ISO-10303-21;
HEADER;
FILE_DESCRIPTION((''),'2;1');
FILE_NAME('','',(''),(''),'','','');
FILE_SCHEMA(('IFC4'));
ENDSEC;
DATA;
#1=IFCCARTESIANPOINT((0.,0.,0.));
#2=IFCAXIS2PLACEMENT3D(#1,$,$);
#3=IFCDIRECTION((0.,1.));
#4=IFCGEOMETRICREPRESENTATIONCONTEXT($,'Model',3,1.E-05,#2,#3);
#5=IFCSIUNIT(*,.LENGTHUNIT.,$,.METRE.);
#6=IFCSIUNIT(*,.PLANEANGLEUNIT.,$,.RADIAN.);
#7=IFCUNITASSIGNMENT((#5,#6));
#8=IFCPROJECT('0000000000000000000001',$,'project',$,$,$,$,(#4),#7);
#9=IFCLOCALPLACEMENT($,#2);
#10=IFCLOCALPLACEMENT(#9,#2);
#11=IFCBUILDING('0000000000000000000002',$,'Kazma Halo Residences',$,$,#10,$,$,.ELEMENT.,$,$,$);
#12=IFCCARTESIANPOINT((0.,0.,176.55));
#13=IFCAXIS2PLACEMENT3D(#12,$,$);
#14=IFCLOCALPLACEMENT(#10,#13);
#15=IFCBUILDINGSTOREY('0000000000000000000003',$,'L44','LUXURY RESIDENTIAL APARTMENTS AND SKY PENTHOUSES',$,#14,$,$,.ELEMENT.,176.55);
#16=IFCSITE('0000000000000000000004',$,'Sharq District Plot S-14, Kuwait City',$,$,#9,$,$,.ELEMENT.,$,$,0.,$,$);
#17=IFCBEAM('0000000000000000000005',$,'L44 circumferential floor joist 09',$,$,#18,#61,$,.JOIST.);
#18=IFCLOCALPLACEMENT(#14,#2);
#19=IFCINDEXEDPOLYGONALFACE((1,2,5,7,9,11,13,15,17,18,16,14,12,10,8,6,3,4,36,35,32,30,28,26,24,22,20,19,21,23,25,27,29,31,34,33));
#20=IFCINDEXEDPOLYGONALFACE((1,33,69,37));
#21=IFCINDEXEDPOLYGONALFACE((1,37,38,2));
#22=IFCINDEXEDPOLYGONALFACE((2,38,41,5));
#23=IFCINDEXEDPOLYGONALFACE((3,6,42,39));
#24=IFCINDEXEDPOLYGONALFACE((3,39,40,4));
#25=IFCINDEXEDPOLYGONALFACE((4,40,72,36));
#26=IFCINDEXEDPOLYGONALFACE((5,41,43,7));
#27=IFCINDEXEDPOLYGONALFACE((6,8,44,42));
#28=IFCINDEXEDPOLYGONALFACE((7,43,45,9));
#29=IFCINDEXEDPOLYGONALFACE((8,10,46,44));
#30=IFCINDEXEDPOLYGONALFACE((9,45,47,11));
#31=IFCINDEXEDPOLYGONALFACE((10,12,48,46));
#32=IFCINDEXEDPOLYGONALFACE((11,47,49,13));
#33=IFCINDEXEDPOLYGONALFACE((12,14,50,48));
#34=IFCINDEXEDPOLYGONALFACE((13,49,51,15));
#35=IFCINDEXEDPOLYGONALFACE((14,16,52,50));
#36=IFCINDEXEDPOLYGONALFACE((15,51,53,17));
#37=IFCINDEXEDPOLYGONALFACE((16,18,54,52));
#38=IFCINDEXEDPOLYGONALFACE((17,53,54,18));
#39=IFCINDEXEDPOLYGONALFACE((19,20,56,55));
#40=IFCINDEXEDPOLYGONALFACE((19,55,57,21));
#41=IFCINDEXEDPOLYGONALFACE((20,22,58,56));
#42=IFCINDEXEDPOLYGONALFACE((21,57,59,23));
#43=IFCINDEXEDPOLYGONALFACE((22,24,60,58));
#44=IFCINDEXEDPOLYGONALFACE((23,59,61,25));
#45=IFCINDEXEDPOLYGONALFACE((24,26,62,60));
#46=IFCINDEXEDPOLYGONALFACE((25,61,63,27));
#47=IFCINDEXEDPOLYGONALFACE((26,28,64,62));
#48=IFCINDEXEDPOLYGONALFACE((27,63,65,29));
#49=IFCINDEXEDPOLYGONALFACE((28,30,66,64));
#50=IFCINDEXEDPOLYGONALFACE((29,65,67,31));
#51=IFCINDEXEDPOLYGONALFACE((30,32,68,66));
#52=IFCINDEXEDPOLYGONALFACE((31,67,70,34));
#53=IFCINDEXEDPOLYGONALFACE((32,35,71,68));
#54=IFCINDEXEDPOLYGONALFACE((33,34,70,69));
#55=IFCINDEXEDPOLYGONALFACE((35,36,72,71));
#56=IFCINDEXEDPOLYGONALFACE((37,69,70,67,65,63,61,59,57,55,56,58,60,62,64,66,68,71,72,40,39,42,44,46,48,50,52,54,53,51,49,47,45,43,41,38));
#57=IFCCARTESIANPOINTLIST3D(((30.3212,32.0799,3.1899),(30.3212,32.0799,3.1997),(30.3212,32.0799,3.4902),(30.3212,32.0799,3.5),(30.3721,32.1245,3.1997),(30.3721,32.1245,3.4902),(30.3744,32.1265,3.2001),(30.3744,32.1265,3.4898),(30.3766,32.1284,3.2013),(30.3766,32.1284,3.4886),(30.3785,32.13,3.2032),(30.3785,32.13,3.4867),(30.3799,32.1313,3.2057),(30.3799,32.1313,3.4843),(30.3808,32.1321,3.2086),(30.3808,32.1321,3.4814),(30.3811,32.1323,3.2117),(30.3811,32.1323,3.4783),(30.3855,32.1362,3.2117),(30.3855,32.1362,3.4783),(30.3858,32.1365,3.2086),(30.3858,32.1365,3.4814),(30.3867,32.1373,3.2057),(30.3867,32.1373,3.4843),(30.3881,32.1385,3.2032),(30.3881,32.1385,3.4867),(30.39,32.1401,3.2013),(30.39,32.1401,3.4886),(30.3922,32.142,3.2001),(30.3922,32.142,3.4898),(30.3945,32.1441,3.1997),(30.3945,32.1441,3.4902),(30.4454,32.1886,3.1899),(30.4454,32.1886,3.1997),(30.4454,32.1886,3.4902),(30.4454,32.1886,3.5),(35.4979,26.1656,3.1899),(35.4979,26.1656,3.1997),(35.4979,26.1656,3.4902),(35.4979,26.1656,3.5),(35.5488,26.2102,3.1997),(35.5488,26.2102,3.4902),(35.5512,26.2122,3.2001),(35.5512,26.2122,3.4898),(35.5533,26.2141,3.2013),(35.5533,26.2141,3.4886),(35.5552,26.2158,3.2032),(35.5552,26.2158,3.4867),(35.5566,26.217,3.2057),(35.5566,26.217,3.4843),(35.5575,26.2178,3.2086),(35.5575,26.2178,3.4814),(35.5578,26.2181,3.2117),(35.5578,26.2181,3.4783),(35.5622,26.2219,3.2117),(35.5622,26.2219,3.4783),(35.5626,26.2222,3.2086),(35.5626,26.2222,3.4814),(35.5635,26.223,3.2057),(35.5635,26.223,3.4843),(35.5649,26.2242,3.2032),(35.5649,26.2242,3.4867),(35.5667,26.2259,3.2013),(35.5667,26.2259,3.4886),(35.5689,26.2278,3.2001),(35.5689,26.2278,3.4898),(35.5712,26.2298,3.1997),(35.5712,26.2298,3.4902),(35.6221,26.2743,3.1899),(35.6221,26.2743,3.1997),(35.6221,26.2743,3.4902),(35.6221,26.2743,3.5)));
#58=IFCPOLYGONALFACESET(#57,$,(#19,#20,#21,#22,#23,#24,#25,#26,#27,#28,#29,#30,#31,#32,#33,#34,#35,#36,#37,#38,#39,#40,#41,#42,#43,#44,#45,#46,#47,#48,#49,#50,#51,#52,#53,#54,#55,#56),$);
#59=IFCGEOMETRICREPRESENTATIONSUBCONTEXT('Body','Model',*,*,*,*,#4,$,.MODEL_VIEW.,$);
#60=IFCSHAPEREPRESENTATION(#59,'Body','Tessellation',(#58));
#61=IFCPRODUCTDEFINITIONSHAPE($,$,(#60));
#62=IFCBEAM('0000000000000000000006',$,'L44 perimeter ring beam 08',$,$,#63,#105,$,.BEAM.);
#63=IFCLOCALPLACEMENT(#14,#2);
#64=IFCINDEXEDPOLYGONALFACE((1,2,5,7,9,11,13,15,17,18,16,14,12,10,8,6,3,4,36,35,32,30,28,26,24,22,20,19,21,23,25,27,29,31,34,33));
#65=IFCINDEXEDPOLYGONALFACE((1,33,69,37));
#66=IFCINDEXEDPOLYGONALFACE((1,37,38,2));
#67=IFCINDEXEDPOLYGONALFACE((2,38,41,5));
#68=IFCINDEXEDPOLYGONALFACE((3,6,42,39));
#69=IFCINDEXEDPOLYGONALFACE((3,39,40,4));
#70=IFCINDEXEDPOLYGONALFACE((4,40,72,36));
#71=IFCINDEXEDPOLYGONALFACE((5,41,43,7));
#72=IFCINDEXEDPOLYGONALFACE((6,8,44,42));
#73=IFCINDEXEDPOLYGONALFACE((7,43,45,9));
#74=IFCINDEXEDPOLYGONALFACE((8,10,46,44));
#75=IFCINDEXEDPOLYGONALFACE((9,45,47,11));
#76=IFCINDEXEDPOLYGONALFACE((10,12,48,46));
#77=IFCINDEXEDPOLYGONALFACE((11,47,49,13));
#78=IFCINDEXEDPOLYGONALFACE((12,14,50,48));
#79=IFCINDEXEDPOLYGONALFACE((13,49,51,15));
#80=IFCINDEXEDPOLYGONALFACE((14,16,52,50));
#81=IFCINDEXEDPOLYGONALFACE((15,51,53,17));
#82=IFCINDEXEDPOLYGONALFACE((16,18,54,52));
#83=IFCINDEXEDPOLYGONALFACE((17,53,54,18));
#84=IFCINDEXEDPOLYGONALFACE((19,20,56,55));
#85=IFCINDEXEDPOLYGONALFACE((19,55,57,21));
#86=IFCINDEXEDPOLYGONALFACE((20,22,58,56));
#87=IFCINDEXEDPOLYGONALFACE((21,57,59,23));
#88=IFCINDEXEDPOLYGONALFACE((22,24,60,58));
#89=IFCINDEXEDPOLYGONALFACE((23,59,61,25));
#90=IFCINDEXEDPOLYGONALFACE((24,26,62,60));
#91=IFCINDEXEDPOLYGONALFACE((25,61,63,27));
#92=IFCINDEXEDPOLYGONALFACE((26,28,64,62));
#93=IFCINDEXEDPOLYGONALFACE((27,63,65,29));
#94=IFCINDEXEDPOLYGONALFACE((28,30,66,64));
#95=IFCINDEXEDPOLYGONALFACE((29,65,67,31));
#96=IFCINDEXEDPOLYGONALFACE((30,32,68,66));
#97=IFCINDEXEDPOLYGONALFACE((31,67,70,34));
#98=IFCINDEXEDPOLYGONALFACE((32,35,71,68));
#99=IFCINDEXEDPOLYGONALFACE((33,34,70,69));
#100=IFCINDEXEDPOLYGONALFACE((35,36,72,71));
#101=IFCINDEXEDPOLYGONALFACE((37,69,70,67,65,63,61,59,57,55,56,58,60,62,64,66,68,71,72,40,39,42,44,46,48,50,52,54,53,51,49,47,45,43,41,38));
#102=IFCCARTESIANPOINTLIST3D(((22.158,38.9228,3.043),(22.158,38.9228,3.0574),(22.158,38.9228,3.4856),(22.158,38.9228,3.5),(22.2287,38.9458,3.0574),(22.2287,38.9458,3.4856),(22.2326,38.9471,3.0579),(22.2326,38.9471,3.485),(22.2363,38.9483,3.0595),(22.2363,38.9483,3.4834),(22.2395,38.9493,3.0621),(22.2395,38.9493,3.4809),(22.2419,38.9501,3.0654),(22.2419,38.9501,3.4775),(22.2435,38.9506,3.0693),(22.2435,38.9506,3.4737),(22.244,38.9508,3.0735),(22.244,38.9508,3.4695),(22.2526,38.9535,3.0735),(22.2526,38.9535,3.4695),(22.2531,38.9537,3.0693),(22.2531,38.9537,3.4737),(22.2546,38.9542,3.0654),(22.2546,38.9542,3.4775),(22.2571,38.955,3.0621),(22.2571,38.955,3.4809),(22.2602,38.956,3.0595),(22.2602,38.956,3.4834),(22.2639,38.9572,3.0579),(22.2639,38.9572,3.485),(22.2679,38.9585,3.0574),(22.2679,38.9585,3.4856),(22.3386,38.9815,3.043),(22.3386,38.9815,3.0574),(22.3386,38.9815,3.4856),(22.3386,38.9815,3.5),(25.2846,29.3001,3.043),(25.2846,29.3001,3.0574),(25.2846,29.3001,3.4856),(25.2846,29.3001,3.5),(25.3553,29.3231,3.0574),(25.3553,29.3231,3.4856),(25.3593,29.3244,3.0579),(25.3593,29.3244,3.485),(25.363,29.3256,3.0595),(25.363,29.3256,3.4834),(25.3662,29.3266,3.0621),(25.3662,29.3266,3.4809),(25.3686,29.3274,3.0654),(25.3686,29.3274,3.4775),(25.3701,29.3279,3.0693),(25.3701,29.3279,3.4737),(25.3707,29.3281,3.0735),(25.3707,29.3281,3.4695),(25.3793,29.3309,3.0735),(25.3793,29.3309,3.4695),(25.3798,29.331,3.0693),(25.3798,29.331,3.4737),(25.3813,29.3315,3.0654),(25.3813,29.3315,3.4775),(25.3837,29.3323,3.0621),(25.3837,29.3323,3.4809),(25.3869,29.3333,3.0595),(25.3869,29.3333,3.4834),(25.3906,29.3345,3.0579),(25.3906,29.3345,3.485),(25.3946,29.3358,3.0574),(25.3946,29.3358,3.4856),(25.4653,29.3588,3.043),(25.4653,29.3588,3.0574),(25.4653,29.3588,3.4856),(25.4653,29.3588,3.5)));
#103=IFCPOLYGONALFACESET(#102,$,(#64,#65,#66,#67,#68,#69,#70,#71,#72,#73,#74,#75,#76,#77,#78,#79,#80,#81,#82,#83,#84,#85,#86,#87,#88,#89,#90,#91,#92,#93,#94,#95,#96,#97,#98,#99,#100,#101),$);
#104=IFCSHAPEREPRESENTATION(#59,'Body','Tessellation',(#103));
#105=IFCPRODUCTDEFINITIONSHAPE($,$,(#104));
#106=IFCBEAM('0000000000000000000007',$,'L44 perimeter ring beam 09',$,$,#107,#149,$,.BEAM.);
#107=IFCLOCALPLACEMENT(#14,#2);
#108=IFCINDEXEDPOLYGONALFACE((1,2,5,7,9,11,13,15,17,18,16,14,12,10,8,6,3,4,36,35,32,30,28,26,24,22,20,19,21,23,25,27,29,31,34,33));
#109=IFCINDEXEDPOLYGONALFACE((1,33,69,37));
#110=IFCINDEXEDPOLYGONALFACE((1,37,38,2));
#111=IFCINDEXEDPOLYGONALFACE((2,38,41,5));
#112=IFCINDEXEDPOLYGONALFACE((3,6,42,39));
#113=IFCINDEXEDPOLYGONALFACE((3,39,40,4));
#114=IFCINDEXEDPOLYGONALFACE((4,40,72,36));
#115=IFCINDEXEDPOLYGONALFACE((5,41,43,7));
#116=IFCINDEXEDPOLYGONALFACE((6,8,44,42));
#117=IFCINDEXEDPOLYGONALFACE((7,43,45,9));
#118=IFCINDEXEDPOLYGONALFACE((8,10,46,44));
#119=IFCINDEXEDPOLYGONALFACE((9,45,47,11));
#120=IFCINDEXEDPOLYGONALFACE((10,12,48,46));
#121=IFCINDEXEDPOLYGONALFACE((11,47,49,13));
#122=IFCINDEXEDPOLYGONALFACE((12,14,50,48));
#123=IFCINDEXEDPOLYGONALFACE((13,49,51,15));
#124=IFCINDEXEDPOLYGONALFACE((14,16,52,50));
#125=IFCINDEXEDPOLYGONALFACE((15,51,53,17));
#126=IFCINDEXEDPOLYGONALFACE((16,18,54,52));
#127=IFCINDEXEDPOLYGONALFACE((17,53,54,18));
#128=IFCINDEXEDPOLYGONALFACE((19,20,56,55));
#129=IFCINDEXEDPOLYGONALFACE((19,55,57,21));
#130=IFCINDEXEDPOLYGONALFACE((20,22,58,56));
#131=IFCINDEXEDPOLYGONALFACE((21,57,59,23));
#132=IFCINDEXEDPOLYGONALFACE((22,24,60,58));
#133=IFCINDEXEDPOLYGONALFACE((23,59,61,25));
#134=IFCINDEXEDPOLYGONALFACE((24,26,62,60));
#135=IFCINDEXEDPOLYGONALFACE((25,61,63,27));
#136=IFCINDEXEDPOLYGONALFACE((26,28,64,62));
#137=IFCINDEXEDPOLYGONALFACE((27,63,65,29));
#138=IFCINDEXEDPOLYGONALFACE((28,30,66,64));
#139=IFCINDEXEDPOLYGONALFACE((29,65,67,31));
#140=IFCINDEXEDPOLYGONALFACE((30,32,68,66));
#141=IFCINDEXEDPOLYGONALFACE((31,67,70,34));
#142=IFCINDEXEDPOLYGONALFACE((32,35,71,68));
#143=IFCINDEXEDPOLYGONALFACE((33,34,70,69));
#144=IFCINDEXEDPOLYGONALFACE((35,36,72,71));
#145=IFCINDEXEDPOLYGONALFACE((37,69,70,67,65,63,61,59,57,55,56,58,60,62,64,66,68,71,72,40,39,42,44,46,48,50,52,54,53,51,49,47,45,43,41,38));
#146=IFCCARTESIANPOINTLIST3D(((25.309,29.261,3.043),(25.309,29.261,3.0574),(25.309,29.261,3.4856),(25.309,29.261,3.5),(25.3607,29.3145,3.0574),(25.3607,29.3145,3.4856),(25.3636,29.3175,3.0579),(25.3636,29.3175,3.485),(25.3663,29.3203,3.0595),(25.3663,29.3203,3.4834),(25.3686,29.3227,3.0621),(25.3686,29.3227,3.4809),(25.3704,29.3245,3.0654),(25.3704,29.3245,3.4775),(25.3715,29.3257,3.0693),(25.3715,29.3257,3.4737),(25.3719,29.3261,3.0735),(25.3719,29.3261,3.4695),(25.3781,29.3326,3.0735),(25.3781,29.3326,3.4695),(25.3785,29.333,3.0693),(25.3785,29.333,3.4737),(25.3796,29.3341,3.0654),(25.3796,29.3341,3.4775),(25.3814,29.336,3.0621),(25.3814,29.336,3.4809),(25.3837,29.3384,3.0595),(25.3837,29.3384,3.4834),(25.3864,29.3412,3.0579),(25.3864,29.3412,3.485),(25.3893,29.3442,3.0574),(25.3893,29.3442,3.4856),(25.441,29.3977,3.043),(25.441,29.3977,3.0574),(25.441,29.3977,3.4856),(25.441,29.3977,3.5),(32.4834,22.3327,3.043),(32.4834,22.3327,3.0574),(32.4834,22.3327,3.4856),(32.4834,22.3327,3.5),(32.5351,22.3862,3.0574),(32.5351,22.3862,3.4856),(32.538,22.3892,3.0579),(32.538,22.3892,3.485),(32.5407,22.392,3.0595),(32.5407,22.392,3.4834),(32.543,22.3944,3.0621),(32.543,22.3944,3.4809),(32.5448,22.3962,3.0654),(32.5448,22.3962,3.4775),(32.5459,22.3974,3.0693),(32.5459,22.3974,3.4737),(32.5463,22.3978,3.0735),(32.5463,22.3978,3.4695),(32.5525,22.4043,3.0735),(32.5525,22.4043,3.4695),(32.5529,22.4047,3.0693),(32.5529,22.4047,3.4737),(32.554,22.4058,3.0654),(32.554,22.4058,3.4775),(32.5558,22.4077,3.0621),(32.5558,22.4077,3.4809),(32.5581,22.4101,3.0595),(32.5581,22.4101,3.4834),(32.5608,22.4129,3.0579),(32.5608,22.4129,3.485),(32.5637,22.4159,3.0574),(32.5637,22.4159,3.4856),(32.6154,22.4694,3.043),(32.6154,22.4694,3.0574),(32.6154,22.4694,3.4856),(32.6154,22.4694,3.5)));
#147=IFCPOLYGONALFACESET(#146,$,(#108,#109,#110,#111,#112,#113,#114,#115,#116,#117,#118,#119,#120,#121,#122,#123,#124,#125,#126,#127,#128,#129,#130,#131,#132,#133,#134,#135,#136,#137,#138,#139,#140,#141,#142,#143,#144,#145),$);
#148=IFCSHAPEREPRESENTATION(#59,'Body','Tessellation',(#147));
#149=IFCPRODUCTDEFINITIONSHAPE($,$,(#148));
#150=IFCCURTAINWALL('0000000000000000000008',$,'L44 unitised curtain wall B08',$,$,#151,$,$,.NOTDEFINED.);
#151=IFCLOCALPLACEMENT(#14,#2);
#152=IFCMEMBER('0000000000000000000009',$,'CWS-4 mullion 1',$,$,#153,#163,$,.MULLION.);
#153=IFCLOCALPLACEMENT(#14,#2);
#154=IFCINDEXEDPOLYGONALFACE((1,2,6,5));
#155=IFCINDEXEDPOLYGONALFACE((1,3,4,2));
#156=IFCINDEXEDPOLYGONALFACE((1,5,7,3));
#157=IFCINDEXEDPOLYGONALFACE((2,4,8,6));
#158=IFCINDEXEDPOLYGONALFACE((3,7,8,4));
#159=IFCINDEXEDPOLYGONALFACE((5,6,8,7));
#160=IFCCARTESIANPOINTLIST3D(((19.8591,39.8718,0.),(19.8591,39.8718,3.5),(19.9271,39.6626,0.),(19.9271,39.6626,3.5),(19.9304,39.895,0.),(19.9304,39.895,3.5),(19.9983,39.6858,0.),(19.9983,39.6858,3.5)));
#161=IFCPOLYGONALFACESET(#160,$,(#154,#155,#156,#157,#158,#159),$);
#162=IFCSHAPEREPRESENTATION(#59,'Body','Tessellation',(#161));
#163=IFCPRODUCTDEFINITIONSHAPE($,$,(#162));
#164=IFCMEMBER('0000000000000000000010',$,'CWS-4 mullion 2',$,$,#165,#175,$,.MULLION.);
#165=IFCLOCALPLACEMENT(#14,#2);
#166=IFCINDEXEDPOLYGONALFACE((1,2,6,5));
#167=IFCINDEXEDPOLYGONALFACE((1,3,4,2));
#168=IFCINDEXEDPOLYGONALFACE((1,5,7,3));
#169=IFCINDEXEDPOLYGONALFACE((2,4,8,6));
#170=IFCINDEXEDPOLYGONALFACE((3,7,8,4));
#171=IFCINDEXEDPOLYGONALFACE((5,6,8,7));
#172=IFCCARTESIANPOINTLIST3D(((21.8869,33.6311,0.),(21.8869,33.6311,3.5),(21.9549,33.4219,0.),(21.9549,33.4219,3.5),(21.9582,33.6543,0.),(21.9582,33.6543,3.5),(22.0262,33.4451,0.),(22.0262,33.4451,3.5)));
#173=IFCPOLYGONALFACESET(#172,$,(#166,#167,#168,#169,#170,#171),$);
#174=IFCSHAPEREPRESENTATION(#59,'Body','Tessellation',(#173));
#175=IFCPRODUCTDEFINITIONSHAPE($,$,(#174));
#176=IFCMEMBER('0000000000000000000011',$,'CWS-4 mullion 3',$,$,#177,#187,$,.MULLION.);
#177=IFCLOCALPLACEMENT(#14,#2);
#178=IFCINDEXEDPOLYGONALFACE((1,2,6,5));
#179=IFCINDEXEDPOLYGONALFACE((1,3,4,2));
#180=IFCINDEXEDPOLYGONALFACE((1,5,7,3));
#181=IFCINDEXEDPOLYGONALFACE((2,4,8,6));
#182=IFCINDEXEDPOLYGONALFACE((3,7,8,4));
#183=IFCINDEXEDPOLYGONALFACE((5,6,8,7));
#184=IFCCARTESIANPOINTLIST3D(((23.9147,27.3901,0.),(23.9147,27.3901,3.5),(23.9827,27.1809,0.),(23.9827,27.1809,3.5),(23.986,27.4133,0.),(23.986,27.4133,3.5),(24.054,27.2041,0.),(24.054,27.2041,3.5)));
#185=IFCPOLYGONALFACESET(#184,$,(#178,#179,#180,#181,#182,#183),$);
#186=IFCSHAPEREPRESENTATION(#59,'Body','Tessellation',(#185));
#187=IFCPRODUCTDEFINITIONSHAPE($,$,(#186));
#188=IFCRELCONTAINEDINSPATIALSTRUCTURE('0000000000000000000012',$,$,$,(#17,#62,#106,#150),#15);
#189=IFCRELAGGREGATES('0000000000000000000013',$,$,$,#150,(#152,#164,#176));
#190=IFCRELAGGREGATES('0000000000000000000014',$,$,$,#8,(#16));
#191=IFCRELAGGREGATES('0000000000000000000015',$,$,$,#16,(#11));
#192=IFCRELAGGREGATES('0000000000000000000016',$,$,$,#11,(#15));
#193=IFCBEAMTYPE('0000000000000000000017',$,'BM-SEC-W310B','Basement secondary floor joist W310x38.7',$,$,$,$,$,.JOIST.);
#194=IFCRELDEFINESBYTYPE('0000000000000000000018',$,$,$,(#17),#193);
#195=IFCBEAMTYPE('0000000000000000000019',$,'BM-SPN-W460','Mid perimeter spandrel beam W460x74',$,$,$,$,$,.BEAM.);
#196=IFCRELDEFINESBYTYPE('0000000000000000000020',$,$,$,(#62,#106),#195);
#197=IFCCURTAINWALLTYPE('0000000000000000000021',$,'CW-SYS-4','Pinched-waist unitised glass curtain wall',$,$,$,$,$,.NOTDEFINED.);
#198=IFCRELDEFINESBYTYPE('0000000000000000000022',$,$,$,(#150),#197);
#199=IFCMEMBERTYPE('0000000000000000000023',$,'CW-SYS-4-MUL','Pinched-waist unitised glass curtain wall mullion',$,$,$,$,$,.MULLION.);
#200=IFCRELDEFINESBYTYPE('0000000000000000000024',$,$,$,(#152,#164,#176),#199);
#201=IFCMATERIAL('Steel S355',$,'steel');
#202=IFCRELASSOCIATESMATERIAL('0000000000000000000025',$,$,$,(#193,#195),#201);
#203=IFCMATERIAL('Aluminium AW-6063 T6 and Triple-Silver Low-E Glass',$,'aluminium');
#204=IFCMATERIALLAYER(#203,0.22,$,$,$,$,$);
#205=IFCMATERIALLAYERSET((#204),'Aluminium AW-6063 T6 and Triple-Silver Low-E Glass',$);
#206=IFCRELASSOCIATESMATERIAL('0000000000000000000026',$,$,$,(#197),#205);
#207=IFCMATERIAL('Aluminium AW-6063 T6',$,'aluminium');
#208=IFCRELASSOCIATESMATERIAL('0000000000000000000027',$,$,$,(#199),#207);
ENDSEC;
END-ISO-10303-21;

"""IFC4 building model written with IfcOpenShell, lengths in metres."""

from ifc_helpers import new_model, si_unit, direction, frame, origin, origin_2d, place, context, subcontext, project, spatial, rectangle, i_section, extrude, material, layer, layer_set, material_profile, profile_set, type_object, element, aggregate, save


model = new_model("IFC4")

# Units and contexts
model_context = context("Model", 3, precision=1e-05, world=origin(), true_north=direction((0.0, 1.0)))
body_context = subcontext(model_context, "Body", "Model", "MODEL_VIEW")
ifc_project = project(units=[si_unit("LENGTHUNIT", "METRE"), si_unit("PLANEANGLEUNIT", "RADIAN")], contexts=[model_context])

# Site, building, storey
site_placement = place(None, origin())
site = spatial("IfcSite", under=ifc_project, at=site_placement, Name="Sharq District Plot S-14, Kuwait City", CompositionType="ELEMENT", RefElevation=0.0)
building_placement = place(site_placement, origin())
building = spatial("IfcBuilding", under=site, at=building_placement, Name="Kazma Halo Residences", CompositionType="ELEMENT")
storey_placement = place(building_placement, frame((0.0, 0.0, 176.55)))
storey = spatial("IfcBuildingStorey", under=building, at=storey_placement, Name="L44", Description="LUXURY RESIDENTIAL APARTMENTS AND SKY PENTHOUSES", CompositionType="ELEMENT", Elevation=176.55)

# Beams
ifc_material_1 = material(Name="Steel S355", Category="steel")
ifc_material_profile_1 = material_profile(ifc_material_1, i_section(OverallWidth=0.165, OverallDepth=0.3101, WebThickness=0.0059, FlangeThickness=0.0098, FilletRadius=0.012, at=origin_2d()), Name="W310x38.7")
ifc_profile_set_1 = profile_set([ifc_material_profile_1], Name="Steel S355")
beam_type_1 = type_object("IfcBeamType", Name="BM-SEC-W310B", Description="Basement secondary floor joist W310x38.7", PredefinedType="JOIST", material=ifc_profile_set_1)
beam_1_placement = place(storey_placement, frame((30.3833, 32.1343, 3.345), z_axis=(0.65863, -0.752467, 0.0), x_axis=(0.752467, 0.65863, 0.0)))
element("IfcBeam", 1, at=beam_1_placement, inside=storey, type_object=beam_type_1, Name="L44 circumferential floor joist 09", PredefinedType="JOIST", context=body_context, shape_type="SweptSolid", body=[
    extrude(i_section(OverallWidth=0.165, OverallDepth=0.3101, WebThickness=0.0059, FlangeThickness=0.0098, FilletRadius=0.012, at=origin_2d()), origin(), (0.0, 0.0, 1.0), 7.8599),
])
ifc_material_profile_2 = material_profile(ifc_material_1, i_section(OverallWidth=0.1899, OverallDepth=0.457, WebThickness=0.009, FlangeThickness=0.0144, FilletRadius=0.0161, at=origin_2d()), Name="W460x74")
ifc_profile_set_2 = profile_set([ifc_material_profile_2], Name="Steel S355")
beam_type_2 = type_object("IfcBeamType", Name="BM-SPN-W460", Description="Mid perimeter spandrel beam W460x74", PredefinedType="BEAM", material=ifc_profile_set_2)
beam_2_placement = place(storey_placement, frame((22.2483, 38.9521, 3.2715), z_axis=(0.309023, -0.951054, 0.0), x_axis=(0.951054, 0.309023, 0.0)))
element("IfcBeam", 2, at=beam_2_placement, inside=storey, type_object=beam_type_2, Name="L44 perimeter ring beam 08", PredefinedType="BEAM", context=body_context, shape_type="SweptSolid", body=[
    extrude(i_section(OverallWidth=0.1899, OverallDepth=0.457, WebThickness=0.009, FlangeThickness=0.0144, FilletRadius=0.0161, at=origin_2d()), origin(), (0.0, 0.0, 1.0), 10.1179),
])
beam_3_placement = place(storey_placement, frame((25.375, 29.3293, 3.2715), z_axis=(0.719337, -0.694662, 0.0), x_axis=(0.694662, 0.719337, 0.0)))
element("IfcBeam", 3, at=beam_3_placement, inside=storey, type_object=beam_type_2, Name="L44 perimeter ring beam 09", PredefinedType="BEAM", context=body_context, shape_type="SweptSolid", body=[
    extrude(i_section(OverallWidth=0.1899, OverallDepth=0.457, WebThickness=0.009, FlangeThickness=0.0144, FilletRadius=0.0161, at=origin_2d()), origin(), (0.0, 0.0, 1.0), 9.9736),
])

# Curtain wall, members
ifc_material_2 = material(Name="Aluminium AW-6063 T6 and Triple-Silver Low-E Glass", Category="aluminium")
ifc_layer_1 = layer(ifc_material_2, 0.22)
ifc_layer_set_1 = layer_set([ifc_layer_1], Name="Aluminium AW-6063 T6 and Triple-Silver Low-E Glass")
curtain_wall_type = type_object("IfcCurtainWallType", Name="CW-SYS-4", Description="Pinched-waist unitised glass curtain wall", PredefinedType="NOTDEFINED", material=ifc_layer_set_1)
curtain_wall_1_placement = place(storey_placement, origin())
curtain_wall_1 = element("IfcCurtainWall", 4, at=curtain_wall_1_placement, inside=storey, type_object=curtain_wall_type, Name="L44 unitised curtain wall B08", PredefinedType="NOTDEFINED")
ifc_material_3 = material(Name="Aluminium AW-6063 T6", Category="aluminium")
ifc_material_profile_3 = material_profile(ifc_material_3, rectangle(XDim=0.075, YDim=0.22, at=origin_2d()), Name="CWM-75x220")
ifc_profile_set_3 = profile_set([ifc_material_profile_3], Name="Aluminium AW-6063 T6")
member_type_1 = type_object("IfcMemberType", Name="CW-SYS-4-MUL", Description="Pinched-waist unitised glass curtain wall mullion", PredefinedType="MULLION", material=ifc_profile_set_3)
member_1_placement = place(storey_placement, frame((19.9287, 39.7788, 0.0), z_axis=(0.0, 0.0, 1.0), x_axis=(0.951057, 0.309016, 0.0)))
member_1 = element("IfcMember", 5, at=member_1_placement, type_object=member_type_1, Name="CWS-4 mullion 1", PredefinedType="MULLION", context=body_context, shape_type="SweptSolid", body=[
    extrude(rectangle(XDim=0.075, YDim=0.22, at=origin_2d()), origin(), (0.0, 0.0, 1.0), 3.5),
])
member_2_placement = place(storey_placement, frame((21.9565, 33.5381, 0.0), z_axis=(0.0, 0.0, 1.0), x_axis=(0.951057, 0.309016, 0.0)))
member_2 = element("IfcMember", 6, at=member_2_placement, type_object=member_type_1, Name="CWS-4 mullion 2", PredefinedType="MULLION", context=body_context, shape_type="SweptSolid", body=[
    extrude(rectangle(XDim=0.075, YDim=0.22, at=origin_2d()), origin(), (0.0, 0.0, 1.0), 3.5),
])
member_3_placement = place(storey_placement, frame((23.9844, 27.2971, 0.0), z_axis=(0.0, 0.0, 1.0), x_axis=(0.951057, 0.309016, 0.0)))
member_3 = element("IfcMember", 7, at=member_3_placement, type_object=member_type_1, Name="CWS-4 mullion 3", PredefinedType="MULLION", context=body_context, shape_type="SweptSolid", body=[
    extrude(rectangle(XDim=0.075, YDim=0.22, at=origin_2d()), origin(), (0.0, 0.0, 1.0), 3.5),
])

aggregate(curtain_wall_1, [member_1, member_2, member_3])

save(model, "model.ifc")
